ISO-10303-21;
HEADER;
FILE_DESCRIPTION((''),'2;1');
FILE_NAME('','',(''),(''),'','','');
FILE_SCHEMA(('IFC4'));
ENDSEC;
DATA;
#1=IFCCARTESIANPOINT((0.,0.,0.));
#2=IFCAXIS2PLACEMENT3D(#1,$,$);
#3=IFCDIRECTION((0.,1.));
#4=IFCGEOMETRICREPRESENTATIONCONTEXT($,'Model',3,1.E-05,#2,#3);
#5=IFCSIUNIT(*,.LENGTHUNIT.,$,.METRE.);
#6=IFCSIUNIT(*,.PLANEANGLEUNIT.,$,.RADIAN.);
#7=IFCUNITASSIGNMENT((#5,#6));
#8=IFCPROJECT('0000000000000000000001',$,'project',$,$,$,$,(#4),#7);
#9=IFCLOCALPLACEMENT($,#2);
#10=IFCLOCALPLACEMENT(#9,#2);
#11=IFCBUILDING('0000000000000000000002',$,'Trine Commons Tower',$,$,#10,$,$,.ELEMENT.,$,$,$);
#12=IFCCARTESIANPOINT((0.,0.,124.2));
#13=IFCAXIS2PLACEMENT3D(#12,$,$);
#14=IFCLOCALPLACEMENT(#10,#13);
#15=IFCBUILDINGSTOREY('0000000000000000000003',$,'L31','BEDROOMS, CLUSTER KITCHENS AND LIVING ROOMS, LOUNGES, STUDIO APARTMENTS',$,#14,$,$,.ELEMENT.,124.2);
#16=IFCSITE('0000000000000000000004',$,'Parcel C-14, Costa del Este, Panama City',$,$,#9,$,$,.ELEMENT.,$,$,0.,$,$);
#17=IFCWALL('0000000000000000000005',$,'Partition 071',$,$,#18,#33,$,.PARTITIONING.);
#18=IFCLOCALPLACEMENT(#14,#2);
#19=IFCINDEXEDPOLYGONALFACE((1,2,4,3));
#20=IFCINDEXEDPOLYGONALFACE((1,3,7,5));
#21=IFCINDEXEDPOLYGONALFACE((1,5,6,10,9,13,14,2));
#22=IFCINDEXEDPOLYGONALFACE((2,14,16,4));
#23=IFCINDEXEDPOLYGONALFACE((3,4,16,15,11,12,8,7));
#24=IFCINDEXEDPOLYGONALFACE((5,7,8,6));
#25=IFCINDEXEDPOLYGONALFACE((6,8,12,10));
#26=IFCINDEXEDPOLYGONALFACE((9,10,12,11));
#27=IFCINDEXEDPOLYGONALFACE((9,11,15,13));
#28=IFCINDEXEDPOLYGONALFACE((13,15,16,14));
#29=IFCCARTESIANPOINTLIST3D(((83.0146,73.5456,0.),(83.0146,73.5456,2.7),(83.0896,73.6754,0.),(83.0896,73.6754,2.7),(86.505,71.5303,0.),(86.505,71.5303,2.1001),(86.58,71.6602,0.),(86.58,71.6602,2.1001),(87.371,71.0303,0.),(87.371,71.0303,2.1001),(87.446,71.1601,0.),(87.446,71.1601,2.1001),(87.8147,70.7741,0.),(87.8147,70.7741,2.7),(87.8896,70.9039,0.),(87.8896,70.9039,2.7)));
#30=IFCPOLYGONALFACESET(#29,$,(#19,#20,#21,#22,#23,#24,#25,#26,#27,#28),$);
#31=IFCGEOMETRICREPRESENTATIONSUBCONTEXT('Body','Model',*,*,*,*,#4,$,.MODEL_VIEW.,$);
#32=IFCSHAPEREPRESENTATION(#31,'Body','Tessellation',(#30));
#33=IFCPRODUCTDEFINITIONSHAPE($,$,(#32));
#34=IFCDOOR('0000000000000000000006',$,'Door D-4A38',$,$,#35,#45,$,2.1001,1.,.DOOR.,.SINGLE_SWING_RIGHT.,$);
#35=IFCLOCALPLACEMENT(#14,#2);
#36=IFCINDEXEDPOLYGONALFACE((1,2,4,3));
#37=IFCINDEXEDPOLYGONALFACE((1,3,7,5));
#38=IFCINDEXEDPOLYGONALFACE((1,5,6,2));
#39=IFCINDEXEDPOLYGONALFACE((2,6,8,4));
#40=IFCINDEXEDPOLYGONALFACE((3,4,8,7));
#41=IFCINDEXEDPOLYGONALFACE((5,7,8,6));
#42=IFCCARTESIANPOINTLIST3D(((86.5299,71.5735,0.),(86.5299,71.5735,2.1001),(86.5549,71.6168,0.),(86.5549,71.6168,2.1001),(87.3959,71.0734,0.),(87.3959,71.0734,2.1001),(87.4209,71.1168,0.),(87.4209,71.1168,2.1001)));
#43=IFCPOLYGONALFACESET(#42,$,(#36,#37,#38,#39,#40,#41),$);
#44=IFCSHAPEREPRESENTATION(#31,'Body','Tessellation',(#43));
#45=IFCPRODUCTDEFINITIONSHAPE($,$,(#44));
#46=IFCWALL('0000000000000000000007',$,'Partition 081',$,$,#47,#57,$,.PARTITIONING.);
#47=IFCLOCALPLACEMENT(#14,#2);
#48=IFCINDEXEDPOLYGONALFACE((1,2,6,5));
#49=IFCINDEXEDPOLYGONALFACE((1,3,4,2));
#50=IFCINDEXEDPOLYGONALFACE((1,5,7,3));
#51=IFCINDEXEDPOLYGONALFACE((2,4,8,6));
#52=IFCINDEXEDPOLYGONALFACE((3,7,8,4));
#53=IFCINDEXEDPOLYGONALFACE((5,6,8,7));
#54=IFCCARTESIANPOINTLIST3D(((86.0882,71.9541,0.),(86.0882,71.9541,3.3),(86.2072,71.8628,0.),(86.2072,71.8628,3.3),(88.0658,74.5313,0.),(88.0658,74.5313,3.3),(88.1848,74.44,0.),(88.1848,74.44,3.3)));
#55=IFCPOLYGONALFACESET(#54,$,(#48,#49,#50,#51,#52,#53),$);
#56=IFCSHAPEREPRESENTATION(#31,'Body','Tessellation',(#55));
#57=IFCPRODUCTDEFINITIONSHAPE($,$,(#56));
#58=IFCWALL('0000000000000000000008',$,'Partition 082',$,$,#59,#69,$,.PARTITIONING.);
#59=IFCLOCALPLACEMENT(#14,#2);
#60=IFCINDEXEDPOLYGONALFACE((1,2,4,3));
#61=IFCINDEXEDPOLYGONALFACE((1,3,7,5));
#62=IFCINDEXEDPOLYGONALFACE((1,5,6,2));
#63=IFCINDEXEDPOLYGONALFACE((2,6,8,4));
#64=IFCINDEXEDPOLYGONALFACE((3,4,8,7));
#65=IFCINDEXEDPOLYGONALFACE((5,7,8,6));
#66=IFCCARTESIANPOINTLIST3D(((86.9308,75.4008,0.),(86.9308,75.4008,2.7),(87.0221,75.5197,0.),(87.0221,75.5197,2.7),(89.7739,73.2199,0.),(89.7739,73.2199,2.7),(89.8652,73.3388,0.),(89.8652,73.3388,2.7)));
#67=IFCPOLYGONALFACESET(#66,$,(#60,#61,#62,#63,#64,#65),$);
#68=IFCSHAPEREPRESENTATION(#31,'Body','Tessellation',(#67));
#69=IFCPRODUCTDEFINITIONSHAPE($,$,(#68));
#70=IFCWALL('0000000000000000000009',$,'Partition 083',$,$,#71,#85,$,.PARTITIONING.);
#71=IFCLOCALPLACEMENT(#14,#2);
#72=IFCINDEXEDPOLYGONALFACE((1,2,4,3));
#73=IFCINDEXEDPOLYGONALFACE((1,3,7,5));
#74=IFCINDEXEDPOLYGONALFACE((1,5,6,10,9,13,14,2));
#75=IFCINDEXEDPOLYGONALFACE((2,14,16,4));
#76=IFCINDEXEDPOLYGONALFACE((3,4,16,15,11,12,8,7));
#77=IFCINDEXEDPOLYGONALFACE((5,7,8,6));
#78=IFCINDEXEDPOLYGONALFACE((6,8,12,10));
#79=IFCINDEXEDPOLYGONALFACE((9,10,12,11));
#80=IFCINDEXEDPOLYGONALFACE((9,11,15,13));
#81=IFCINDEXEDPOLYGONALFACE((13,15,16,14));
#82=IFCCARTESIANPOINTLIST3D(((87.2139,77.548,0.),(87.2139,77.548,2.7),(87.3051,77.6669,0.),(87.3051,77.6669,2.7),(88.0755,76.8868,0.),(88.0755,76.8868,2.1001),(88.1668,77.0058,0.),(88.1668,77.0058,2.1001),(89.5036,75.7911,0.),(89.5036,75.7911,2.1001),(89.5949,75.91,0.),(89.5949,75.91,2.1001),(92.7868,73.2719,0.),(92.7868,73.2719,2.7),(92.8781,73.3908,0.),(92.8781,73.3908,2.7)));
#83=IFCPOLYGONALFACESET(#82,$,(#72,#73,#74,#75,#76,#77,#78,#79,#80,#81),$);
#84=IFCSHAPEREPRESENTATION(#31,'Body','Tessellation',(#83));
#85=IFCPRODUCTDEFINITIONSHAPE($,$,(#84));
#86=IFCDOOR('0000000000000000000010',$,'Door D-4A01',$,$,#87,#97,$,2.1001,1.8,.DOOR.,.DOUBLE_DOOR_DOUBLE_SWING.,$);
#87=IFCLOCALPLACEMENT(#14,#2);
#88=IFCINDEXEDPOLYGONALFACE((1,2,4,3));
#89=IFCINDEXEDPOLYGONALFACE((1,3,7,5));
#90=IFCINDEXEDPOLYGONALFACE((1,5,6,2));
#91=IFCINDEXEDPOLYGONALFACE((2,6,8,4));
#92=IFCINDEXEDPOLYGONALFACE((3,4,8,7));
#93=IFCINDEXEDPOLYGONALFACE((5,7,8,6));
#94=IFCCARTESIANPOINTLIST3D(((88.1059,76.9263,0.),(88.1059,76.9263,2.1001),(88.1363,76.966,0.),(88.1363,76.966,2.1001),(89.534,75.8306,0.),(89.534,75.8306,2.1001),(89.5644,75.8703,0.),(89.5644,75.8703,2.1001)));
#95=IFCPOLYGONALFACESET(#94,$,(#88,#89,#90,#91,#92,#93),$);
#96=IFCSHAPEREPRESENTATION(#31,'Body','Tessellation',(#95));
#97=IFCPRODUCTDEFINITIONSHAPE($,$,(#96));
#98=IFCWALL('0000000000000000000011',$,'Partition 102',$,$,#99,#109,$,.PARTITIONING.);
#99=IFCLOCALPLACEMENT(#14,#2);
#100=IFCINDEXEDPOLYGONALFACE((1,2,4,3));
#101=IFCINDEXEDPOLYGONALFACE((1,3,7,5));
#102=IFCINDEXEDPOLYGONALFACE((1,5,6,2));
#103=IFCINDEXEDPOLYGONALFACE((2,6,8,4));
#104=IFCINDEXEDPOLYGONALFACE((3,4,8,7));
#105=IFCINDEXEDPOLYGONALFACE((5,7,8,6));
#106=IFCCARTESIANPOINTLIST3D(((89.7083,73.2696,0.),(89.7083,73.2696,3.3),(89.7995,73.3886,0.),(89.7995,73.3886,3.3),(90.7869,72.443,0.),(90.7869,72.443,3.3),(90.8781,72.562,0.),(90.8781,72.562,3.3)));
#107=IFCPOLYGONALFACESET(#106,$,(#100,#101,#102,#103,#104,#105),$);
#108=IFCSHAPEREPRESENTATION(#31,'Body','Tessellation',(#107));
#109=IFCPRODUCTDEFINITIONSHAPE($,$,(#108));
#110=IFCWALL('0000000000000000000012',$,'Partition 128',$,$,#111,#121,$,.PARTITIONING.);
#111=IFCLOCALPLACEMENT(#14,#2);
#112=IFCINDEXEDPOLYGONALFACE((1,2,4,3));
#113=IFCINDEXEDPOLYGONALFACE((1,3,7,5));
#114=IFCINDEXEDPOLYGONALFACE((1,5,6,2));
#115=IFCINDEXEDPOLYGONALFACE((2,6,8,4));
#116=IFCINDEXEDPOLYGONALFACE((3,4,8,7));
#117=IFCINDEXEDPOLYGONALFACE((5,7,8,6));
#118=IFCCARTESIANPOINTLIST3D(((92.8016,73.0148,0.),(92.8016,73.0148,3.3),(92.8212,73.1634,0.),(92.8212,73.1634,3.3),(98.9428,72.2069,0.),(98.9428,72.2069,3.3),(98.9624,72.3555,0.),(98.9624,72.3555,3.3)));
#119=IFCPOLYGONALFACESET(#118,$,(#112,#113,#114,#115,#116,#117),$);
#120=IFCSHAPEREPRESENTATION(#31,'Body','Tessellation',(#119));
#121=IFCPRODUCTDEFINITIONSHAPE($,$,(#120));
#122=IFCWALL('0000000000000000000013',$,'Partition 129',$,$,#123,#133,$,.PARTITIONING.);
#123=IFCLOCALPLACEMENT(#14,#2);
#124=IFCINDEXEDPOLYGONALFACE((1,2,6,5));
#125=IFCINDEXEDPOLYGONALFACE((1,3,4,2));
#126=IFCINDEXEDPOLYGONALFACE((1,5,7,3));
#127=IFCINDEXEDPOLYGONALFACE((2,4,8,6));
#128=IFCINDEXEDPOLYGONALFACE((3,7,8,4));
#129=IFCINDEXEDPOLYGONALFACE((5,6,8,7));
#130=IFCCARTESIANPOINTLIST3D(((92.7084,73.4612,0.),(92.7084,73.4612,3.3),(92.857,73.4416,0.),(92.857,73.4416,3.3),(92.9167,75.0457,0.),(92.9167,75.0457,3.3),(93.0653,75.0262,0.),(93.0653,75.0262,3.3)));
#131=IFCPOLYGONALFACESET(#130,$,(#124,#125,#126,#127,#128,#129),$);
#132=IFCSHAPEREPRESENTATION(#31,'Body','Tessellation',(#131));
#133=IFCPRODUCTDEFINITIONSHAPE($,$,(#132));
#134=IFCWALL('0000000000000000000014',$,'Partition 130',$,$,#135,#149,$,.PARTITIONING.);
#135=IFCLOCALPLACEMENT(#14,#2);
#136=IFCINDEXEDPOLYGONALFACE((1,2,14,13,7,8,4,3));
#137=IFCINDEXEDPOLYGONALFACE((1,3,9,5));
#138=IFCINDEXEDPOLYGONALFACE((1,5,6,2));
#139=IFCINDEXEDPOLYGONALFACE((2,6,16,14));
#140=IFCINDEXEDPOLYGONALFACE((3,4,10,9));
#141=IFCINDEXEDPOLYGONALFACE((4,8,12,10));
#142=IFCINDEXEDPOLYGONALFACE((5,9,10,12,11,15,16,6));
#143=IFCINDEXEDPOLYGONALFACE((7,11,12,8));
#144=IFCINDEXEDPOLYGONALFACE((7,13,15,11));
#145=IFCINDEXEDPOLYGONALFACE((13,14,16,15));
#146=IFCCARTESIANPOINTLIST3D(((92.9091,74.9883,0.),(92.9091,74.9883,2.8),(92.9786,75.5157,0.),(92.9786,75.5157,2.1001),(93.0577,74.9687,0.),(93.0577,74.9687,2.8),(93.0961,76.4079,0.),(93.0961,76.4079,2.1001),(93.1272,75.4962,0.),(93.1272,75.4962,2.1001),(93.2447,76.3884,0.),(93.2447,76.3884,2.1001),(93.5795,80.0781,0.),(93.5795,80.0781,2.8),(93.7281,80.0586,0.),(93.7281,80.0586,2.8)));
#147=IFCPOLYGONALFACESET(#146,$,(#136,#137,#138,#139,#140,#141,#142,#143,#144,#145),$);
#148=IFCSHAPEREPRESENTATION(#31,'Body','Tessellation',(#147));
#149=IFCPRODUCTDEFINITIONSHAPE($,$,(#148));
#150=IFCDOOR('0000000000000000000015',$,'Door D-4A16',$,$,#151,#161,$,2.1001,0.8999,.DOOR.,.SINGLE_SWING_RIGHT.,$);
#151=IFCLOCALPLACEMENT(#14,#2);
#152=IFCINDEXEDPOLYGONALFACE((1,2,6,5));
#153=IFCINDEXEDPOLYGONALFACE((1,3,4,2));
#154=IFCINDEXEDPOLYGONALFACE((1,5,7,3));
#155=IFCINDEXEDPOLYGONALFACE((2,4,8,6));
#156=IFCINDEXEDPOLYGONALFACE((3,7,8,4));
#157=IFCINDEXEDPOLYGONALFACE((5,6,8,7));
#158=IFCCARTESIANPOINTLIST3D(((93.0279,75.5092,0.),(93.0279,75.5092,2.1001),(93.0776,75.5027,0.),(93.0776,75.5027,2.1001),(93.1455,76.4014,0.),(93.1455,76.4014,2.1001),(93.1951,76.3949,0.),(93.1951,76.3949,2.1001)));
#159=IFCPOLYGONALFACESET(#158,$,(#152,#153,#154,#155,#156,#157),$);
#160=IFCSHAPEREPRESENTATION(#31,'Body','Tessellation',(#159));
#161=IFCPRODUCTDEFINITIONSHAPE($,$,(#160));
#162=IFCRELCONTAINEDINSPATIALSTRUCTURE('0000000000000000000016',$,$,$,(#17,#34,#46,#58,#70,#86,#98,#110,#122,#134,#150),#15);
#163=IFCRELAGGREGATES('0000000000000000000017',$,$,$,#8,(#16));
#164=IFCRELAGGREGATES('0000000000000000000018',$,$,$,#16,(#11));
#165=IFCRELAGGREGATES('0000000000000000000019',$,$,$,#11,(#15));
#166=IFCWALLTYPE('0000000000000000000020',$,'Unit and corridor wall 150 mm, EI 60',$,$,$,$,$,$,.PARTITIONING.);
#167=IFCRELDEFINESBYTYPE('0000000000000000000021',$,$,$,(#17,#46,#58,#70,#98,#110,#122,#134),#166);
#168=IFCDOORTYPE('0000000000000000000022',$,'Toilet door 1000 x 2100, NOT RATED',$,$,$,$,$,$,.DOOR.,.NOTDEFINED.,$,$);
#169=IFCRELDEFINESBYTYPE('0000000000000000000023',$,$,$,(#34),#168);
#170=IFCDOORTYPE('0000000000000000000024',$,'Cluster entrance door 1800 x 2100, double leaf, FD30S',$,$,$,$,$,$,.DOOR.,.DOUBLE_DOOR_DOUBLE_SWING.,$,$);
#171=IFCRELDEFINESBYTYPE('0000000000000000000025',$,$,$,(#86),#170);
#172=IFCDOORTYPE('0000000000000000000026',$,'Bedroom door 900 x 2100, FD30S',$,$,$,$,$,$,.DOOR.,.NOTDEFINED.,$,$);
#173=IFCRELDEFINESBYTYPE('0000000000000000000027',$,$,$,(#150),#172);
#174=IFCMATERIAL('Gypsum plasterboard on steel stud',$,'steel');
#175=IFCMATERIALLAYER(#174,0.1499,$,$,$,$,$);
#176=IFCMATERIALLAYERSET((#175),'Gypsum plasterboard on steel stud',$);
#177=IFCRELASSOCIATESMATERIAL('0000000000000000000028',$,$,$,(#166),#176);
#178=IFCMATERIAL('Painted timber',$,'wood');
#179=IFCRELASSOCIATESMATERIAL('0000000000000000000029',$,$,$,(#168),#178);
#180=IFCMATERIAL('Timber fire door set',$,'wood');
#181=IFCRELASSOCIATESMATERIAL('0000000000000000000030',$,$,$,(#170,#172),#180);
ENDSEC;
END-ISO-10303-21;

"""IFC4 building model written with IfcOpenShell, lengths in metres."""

from ifc_helpers import new_model, si_unit, direction, frame, frame_2d, origin, place, context, subcontext, project, spatial, rectangle, extrude, material, layer, layer_set, type_object, element, fill, save


model = new_model("IFC4")

# Units and contexts
model_context = context("Model", 3, precision=1e-05, world=origin(), true_north=direction((0.0, 1.0)))
body_context = subcontext(model_context, "Body", "Model", "MODEL_VIEW")
ifc_project = project(units=[si_unit("LENGTHUNIT", "METRE"), si_unit("PLANEANGLEUNIT", "RADIAN")], contexts=[model_context])

# Site, building, storey
site_placement = place(None, origin())
site = spatial("IfcSite", under=ifc_project, at=site_placement, Name="Parcel C-14, Costa del Este, Panama City", CompositionType="ELEMENT", RefElevation=0.0)
building_placement = place(site_placement, origin())
building = spatial("IfcBuilding", under=site, at=building_placement, Name="Trine Commons Tower", CompositionType="ELEMENT")
storey_placement = place(building_placement, frame((0.0, 0.0, 124.2)))
storey = spatial("IfcBuildingStorey", under=building, at=storey_placement, Name="L31", Description="BEDROOMS, CLUSTER KITCHENS AND LIVING ROOMS, LOUNGES, STUDIO APARTMENTS", CompositionType="ELEMENT", Elevation=124.2)

# Shared definitions
ifc_material_1 = material(Name="Gypsum plasterboard on steel stud", Category="steel")
ifc_layer = layer(ifc_material_1, 0.1499)
ifc_layer_set = layer_set([ifc_layer], Name="Gypsum plasterboard on steel stud")
wall_type = type_object("IfcWallType", Name="Unit and corridor wall 150 mm, EI 60", PredefinedType="PARTITIONING", material=ifc_layer_set)
ifc_material_2 = material(Name="Painted timber", Category="wood")
door_type_1 = type_object("IfcDoorType", Name="Toilet door 1000 x 2100, NOT RATED", OperationType="NOTDEFINED", PredefinedType="DOOR", material=ifc_material_2)

# Wall, opening, door
ifc_material_3 = material(Name="Timber fire door set", Category="wood")
wall_1_placement = place(storey_placement, frame((83.052, 73.6106, 0.0), z_axis=(0.0, 0.0, 1.0), x_axis=(0.866012, -0.500024, 0.0)))
wall_1 = element("IfcWall", 1, at=wall_1_placement, inside=storey, type_object=wall_type, Name="Partition 071", PredefinedType="PARTITIONING", context=body_context, shape_type="SweptSolid", body=[
    extrude(rectangle(XDim=5.5427, YDim=0.1499, at=frame_2d((2.7715, 0.0))), origin(), (0.0, 0.0, 1.0), 2.7),
])
opening_1_placement = place(wall_1_placement, frame((4.0305, 0.0, 0.0)))
opening_1 = element("IfcOpeningElement", 2, at=opening_1_placement, cuts=wall_1, PredefinedType="OPENING", context=body_context, shape_type="SweptSolid", body=[
    extrude(rectangle(XDim=1.0, YDim=2.1001, at=frame_2d((0.5, 1.05))), frame((0.0, 0.085, 0.0), z_axis=(0.0, -1.0, 0.0), x_axis=(1.0, 0.0, 0.0)), (0.0, 0.0, 1.0), 0.1699),
])
door_1_placement = place(opening_1_placement, origin())
door_1 = element("IfcDoor", 3, at=door_1_placement, inside=storey, type_object=door_type_1, Name="Door D-4A38", OperationType="SINGLE_SWING_RIGHT", OverallHeight=2.1001, OverallWidth=1.0, PredefinedType="DOOR", context=body_context, shape_type="SweptSolid", body=[
    extrude(rectangle(XDim=1.0, YDim=2.1001, at=frame_2d((0.5, 1.05))), frame((0.0, 0.0249, 0.0), z_axis=(0.0, -1.0, 0.0), x_axis=(1.0, 0.0, 0.0)), (0.0, 0.0, 1.0), 0.05),
])
fill(opening_1, door_1)

# Walls
wall_2_placement = place(storey_placement, frame((86.1477, 71.9084, 0.0), z_axis=(0.0, 0.0, 1.0), x_axis=(0.608766, 0.79335, 0.0)))
element("IfcWall", 4, at=wall_2_placement, inside=storey, type_object=wall_type, Name="Partition 081", PredefinedType="PARTITIONING", context=body_context, shape_type="SweptSolid", body=[
    extrude(rectangle(XDim=3.2485, YDim=0.1499, at=frame_2d((1.6243, 0.0))), origin(), (0.0, 0.0, 1.0), 3.3),
])
wall_3_placement = place(storey_placement, frame((86.9766, 75.4602, 0.0), z_axis=(0.0, 0.0, 1.0), x_axis=(0.793436, -0.608653, 0.0)))
element("IfcWall", 5, at=wall_3_placement, inside=storey, type_object=wall_type, Name="Partition 082", PredefinedType="PARTITIONING", context=body_context, shape_type="SweptSolid", body=[
    extrude(rectangle(XDim=3.5833, YDim=0.1499, at=frame_2d((1.7915, 0.0))), origin(), (0.0, 0.0, 1.0), 2.7),
])

# Wall, opening, door
wall_4_placement = place(storey_placement, frame((87.2595, 77.6074, 0.0), z_axis=(0.0, 0.0, 1.0), x_axis=(0.793366, -0.608745, 0.0)))
wall_4 = element("IfcWall", 6, at=wall_4_placement, inside=storey, type_object=wall_type, Name="Partition 083", PredefinedType="PARTITIONING", context=body_context, shape_type="SweptSolid", body=[
    extrude(rectangle(XDim=7.0244, YDim=0.1499, at=frame_2d((3.5122, 0.0))), origin(), (0.0, 0.0, 1.0), 2.7),
])
opening_2_placement = place(wall_4_placement, frame((1.0862, 0.0, 0.0)))
opening_2 = element("IfcOpeningElement", 7, at=opening_2_placement, cuts=wall_4, PredefinedType="OPENING", context=body_context, shape_type="SweptSolid", body=[
    extrude(rectangle(XDim=1.8, YDim=2.1001, at=frame_2d((0.8999, 1.05))), frame((0.0, 0.085, 0.0), z_axis=(0.0, -1.0, 0.0), x_axis=(1.0, 0.0, 0.0)), (0.0, 0.0, 1.0), 0.1699),
])
door_type_2 = type_object("IfcDoorType", Name="Cluster entrance door 1800 x 2100, double leaf, FD30S", OperationType="DOUBLE_DOOR_DOUBLE_SWING", PredefinedType="DOOR", material=ifc_material_3)
door_2_placement = place(opening_2_placement, origin())
door_2 = element("IfcDoor", 8, at=door_2_placement, inside=storey, type_object=door_type_2, Name="Door D-4A01", OperationType="DOUBLE_DOOR_DOUBLE_SWING", OverallHeight=2.1001, OverallWidth=1.8, PredefinedType="DOOR", context=body_context, shape_type="SweptSolid", body=[
    extrude(rectangle(XDim=1.8, YDim=2.1001, at=frame_2d((0.8999, 1.05))), frame((0.0, 0.0249, 0.0), z_axis=(0.0, -1.0, 0.0), x_axis=(1.0, 0.0, 0.0)), (0.0, 0.0, 1.0), 0.05),
])
fill(opening_2, door_2)

# Walls
wall_5_placement = place(storey_placement, frame((89.7539, 73.3291, 0.0), z_axis=(0.0, 0.0, 1.0), x_axis=(0.793705, -0.608303, 0.0)))
element("IfcWall", 9, at=wall_5_placement, inside=storey, type_object=wall_type, Name="Partition 102", PredefinedType="PARTITIONING", context=body_context, shape_type="SweptSolid", body=[
    extrude(rectangle(XDim=1.3589, YDim=0.1499, at=frame_2d((0.6794, 0.0))), origin(), (0.0, 0.0, 1.0), 3.3),
])
wall_6_placement = place(storey_placement, frame((92.8113, 73.0891, 0.0), z_axis=(0.0, 0.0, 1.0), x_axis=(0.991458, -0.130426, 0.0)))
element("IfcWall", 10, at=wall_6_placement, inside=storey, type_object=wall_type, Name="Partition 128", PredefinedType="PARTITIONING", context=body_context, shape_type="SweptSolid", body=[
    extrude(rectangle(XDim=6.1941, YDim=0.1499, at=frame_2d((3.0972, 0.0))), origin(), (0.0, 0.0, 1.0), 3.3),
])
wall_7_placement = place(storey_placement, frame((92.7827, 73.4514, 0.0), z_axis=(0.0, 0.0, 1.0), x_axis=(0.130312, 0.991473, 0.0)))
element("IfcWall", 11, at=wall_7_placement, inside=storey, type_object=wall_type, Name="Partition 129", PredefinedType="PARTITIONING", context=body_context, shape_type="SweptSolid", body=[
    extrude(rectangle(XDim=1.5981, YDim=0.1499, at=frame_2d((0.7991, 0.0))), origin(), (0.0, 0.0, 1.0), 3.3),
])

# Wall, opening, door
wall_8_placement = place(storey_placement, frame((92.9834, 74.9785, 0.0), z_axis=(0.0, 0.0, 1.0), x_axis=(0.130587, 0.991437, 0.0)))
wall_8 = element("IfcWall", 12, at=wall_8_placement, inside=storey, type_object=wall_type, Name="Partition 130", PredefinedType="PARTITIONING", context=body_context, shape_type="SweptSolid", body=[
    extrude(rectangle(XDim=5.1338, YDim=0.1499, at=frame_2d((2.5669, 0.0))), origin(), (0.0, 0.0, 1.0), 2.8),
])
opening_3_placement = place(wall_8_placement, frame((0.532, 0.0, 0.0)))
opening_3 = element("IfcOpeningElement", 13, at=opening_3_placement, cuts=wall_8, PredefinedType="OPENING", context=body_context, shape_type="SweptSolid", body=[
    extrude(rectangle(XDim=0.8999, YDim=2.1001, at=frame_2d((0.45, 1.05))), frame((0.0, 0.085, 0.0), z_axis=(0.0, -1.0, 0.0), x_axis=(1.0, 0.0, 0.0)), (0.0, 0.0, 1.0), 0.1699),
])
door_type_3 = type_object("IfcDoorType", Name="Bedroom door 900 x 2100, FD30S", OperationType="NOTDEFINED", PredefinedType="DOOR", material=ifc_material_3)
door_3_placement = place(opening_3_placement, frame((0.8999, 0.0, 0.0), z_axis=(0.0, 0.0, 1.0), x_axis=(-1.0, 0.0, 0.0)))
door_3 = element("IfcDoor", 14, at=door_3_placement, inside=storey, type_object=door_type_3, Name="Door D-4A16", OperationType="SINGLE_SWING_RIGHT", OverallHeight=2.1001, OverallWidth=0.8999, PredefinedType="DOOR", context=body_context, shape_type="SweptSolid", body=[
    extrude(rectangle(XDim=0.8999, YDim=2.1001, at=frame_2d((0.45, 1.05))), frame((0.0, 0.0249, 0.0), z_axis=(0.0, -1.0, 0.0), x_axis=(1.0, 0.0, 0.0)), (0.0, 0.0, 1.0), 0.05),
])
fill(opening_3, door_3)

save(model, "model.ifc")
